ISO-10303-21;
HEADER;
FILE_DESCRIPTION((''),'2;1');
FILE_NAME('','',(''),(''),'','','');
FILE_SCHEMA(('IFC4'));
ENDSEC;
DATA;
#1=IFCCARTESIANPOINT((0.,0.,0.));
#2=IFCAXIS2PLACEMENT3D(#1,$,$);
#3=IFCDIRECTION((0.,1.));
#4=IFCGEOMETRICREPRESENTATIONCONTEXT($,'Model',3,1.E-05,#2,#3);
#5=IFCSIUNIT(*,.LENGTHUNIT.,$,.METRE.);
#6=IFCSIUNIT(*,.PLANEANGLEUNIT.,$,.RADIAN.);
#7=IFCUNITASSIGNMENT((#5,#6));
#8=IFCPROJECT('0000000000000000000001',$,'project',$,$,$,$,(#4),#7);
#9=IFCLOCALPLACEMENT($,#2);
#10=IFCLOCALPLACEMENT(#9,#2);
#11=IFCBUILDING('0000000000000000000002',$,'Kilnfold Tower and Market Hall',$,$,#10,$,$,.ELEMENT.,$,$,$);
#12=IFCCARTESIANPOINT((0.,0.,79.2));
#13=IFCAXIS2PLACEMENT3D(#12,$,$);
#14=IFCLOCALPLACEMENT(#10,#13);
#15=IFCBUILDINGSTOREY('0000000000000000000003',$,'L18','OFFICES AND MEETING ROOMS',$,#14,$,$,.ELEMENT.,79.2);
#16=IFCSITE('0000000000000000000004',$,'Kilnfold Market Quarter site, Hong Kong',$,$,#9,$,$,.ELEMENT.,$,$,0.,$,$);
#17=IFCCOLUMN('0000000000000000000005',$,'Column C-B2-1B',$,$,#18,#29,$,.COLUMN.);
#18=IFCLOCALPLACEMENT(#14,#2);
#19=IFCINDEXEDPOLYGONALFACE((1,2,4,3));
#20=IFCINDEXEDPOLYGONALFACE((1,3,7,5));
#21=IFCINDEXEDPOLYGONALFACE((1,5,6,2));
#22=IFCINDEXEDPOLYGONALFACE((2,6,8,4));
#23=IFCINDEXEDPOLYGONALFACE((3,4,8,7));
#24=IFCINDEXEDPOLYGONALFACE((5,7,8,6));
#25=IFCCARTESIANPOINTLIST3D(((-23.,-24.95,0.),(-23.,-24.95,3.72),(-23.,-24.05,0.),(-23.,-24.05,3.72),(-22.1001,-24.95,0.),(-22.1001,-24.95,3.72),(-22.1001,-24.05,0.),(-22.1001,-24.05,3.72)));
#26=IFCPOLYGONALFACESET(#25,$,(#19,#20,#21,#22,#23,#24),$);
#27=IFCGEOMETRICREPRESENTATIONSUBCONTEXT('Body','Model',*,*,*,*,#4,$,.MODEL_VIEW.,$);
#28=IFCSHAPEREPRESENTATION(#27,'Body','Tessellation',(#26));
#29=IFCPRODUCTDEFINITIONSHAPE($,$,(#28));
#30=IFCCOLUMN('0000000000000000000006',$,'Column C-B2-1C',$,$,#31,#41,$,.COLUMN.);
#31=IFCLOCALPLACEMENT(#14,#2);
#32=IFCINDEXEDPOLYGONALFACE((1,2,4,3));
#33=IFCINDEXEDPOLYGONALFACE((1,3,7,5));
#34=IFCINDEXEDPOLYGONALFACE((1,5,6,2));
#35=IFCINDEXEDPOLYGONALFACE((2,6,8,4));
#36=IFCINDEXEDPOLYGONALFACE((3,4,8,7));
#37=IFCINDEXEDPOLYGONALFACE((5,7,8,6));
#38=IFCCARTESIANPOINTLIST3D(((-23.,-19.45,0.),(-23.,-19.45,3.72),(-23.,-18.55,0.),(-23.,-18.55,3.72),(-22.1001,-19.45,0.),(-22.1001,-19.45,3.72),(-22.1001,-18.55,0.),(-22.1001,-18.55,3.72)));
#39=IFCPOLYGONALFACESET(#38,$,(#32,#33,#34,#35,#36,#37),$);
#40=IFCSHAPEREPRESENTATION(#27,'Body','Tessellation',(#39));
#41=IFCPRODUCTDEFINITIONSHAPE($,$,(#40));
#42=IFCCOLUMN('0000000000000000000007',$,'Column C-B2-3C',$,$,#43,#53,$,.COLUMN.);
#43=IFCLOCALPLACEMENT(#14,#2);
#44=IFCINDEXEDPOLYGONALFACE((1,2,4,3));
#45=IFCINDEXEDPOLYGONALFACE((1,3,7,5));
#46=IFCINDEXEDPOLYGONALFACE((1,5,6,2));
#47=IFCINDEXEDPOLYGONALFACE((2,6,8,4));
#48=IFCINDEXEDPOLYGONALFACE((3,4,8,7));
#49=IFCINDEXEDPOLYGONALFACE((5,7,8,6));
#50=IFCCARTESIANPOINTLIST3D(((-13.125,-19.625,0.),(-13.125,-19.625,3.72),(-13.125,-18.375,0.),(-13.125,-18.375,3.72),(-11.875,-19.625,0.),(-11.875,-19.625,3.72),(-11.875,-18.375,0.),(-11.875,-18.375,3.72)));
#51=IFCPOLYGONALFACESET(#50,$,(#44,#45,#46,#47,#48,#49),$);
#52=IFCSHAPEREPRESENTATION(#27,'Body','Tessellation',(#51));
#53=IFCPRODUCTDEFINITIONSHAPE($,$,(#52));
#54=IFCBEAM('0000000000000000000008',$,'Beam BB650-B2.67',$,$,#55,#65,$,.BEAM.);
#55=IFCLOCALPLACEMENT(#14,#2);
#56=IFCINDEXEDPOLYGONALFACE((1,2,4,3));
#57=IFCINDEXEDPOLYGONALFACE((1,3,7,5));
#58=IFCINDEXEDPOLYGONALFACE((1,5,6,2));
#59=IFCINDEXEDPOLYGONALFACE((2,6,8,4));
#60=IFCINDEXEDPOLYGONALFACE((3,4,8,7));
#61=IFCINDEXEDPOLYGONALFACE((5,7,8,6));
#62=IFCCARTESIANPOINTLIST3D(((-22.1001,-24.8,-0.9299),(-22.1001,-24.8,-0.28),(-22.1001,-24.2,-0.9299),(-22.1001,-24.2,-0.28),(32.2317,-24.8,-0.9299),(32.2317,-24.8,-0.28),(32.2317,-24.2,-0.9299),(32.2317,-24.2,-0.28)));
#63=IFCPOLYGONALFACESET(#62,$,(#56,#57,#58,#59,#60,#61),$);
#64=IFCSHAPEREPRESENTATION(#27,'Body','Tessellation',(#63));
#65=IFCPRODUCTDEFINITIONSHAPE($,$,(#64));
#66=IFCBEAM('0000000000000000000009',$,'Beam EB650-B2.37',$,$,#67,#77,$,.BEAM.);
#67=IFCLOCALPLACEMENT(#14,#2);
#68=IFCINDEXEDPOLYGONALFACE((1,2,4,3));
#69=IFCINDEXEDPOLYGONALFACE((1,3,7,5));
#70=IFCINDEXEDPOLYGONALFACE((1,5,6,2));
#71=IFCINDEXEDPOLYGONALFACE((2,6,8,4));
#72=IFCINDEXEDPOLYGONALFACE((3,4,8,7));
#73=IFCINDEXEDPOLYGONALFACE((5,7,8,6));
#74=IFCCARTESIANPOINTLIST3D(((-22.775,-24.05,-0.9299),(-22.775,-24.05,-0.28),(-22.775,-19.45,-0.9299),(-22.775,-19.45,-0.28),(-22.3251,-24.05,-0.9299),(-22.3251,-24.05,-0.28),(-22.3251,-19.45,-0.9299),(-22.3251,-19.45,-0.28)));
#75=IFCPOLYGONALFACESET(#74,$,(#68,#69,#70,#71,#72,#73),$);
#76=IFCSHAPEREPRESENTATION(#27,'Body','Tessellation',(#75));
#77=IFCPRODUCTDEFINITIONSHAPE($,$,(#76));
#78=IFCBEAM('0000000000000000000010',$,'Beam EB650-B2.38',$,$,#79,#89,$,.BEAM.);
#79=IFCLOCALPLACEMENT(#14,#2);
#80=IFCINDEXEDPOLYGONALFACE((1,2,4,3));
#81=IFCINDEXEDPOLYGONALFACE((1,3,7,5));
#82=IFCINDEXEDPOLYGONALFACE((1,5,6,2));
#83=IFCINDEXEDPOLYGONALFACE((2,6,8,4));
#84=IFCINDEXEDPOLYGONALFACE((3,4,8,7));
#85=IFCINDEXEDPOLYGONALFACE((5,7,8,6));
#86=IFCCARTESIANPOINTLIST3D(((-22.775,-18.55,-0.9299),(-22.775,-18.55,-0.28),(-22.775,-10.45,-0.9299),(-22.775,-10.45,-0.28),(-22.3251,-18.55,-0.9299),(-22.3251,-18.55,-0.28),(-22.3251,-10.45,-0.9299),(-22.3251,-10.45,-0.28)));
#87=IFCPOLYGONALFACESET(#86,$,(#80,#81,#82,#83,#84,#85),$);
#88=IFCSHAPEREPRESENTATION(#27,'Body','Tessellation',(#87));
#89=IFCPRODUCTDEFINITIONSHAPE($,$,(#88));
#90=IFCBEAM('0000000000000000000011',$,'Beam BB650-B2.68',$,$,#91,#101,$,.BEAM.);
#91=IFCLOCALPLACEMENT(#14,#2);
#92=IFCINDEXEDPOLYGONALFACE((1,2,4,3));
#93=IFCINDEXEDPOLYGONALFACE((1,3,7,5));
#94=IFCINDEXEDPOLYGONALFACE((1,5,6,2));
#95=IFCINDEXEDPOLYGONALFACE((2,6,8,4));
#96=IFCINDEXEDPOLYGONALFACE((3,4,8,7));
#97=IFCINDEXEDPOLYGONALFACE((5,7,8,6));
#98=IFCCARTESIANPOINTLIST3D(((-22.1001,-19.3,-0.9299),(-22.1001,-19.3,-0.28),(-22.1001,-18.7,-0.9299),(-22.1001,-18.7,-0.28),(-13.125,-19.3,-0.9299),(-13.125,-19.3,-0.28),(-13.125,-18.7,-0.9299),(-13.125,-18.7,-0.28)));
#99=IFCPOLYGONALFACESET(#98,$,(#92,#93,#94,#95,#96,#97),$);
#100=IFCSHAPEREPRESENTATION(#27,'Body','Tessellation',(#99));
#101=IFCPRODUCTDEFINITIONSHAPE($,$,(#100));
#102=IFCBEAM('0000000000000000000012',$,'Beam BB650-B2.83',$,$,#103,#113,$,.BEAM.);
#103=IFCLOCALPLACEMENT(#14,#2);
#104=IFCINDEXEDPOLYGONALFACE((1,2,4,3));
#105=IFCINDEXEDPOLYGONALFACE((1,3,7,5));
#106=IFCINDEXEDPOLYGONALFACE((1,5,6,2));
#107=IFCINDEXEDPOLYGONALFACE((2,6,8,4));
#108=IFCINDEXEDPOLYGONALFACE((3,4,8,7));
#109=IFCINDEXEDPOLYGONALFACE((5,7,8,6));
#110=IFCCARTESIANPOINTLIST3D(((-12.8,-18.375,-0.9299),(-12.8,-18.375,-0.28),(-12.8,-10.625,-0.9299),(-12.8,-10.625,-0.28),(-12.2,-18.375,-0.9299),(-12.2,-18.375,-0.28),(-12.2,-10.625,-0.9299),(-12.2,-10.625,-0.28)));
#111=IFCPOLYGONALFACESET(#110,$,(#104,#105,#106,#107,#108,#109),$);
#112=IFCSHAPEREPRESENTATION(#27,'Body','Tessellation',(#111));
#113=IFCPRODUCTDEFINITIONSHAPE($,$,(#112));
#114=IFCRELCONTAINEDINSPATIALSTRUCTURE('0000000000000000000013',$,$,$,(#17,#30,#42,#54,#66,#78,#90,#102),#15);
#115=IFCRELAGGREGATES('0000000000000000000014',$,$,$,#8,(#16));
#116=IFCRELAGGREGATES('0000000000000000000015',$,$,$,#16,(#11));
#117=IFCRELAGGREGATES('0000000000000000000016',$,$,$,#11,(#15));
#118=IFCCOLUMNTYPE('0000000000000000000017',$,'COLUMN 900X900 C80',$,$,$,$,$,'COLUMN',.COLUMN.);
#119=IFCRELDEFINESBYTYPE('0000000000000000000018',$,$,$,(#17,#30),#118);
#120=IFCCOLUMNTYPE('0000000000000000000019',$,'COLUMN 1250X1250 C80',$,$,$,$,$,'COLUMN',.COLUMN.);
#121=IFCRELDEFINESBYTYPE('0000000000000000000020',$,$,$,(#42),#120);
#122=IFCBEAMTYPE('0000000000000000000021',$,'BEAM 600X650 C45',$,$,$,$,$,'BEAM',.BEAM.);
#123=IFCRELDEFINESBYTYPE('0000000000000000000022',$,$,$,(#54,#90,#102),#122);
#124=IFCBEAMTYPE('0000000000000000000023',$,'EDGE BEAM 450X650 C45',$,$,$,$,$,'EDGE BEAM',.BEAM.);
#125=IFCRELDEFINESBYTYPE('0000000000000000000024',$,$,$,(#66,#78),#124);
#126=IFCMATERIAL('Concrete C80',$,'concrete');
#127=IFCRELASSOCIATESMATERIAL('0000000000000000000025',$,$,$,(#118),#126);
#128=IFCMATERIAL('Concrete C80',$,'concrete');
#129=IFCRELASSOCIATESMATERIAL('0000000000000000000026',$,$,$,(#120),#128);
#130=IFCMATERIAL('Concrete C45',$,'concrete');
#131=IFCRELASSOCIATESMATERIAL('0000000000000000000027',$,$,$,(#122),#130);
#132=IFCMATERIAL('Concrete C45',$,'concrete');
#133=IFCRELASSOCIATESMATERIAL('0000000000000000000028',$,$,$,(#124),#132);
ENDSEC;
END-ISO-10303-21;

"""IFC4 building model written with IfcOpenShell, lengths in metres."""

from ifc_helpers import new_model, si_unit, direction, frame, origin, origin_2d, place, context, subcontext, project, spatial, rectangle, extrude, source, transform, mapped, material, material_profile, profile_set, type_object, element, save


model = new_model("IFC4")

# Units and contexts
model_context = context("Model", 3, precision=1e-05, world=origin(), true_north=direction((0.0, 1.0)))
body_context = subcontext(model_context, "Body", "Model", "MODEL_VIEW")
ifc_project = project(units=[si_unit("LENGTHUNIT", "METRE"), si_unit("PLANEANGLEUNIT", "RADIAN")], contexts=[model_context])

# Site, building, storey
site_placement = place(None, origin())
site = spatial("IfcSite", under=ifc_project, at=site_placement, Name="Kilnfold Market Quarter site, Hong Kong", CompositionType="ELEMENT", RefElevation=0.0)
building_placement = place(site_placement, origin())
building = spatial("IfcBuilding", under=site, at=building_placement, Name="Kilnfold Tower and Market Hall", CompositionType="ELEMENT")
storey_placement = place(building_placement, frame((0.0, 0.0, 79.2)))
storey = spatial("IfcBuildingStorey", under=building, at=storey_placement, Name="L18", Description="OFFICES AND MEETING ROOMS", CompositionType="ELEMENT", Elevation=79.2)

# Columns
ifc_material_1 = material(Name="Concrete C80", Category="concrete")
ifc_material_profile_1 = material_profile(ifc_material_1, rectangle(XDim=0.8999, YDim=0.8999, at=origin_2d()), Name="RC 900x900")
ifc_profile_set_1 = profile_set([ifc_material_profile_1], Name="Concrete C80")
column_type_1 = type_object("IfcColumnType", Name="COLUMN 900X900 C80", ElementType="COLUMN", PredefinedType="COLUMN", material=ifc_profile_set_1)
shared_shape_1 = source(origin(), body_context, "Body", "SweptSolid", [
    extrude(rectangle(XDim=0.8999, YDim=0.8999, at=origin_2d()), origin(), (0.0, 0.0, 1.0), 3.72),
])
for number, where, z_axis, x_axis, name in (
    (1, (-22.55, -24.5, 0.0), (0.0, 0.0, 1.0), (1.0, 0.0, 0.0), "Column C-B2-1B"),
    (2, (-22.55, -19.0, 0.0), (0.0, 0.0, 1.0), (1.0, 0.0, 0.0), "Column C-B2-1C"),
):
    element("IfcColumn", number, at=place(storey_placement, frame(where, z_axis=z_axis, x_axis=x_axis)), inside=storey, type_object=column_type_1, Name=name, PredefinedType="COLUMN", context=body_context, shape_type="MappedRepresentation", body=[
        mapped(shared_shape_1, transform((0.0, 0.0, 0.0))),
    ])
ifc_material_2 = material(Name="Concrete C80", Category="concrete")
ifc_material_profile_2 = material_profile(ifc_material_2, rectangle(XDim=1.25, YDim=1.25, at=origin_2d()), Name="RC 1250x1250")
ifc_profile_set_2 = profile_set([ifc_material_profile_2], Name="Concrete C80")
column_type_2 = type_object("IfcColumnType", Name="COLUMN 1250X1250 C80", ElementType="COLUMN", PredefinedType="COLUMN", material=ifc_profile_set_2)
shared_shape_2 = source(origin(), body_context, "Body", "SweptSolid", [
    extrude(rectangle(XDim=1.25, YDim=1.25, at=origin_2d()), origin(), (0.0, 0.0, 1.0), 3.72),
])
column_placement = place(storey_placement, frame((-12.5, -19.0, 0.0), z_axis=(0.0, 0.0, 1.0), x_axis=(1.0, 0.0, 0.0)))
element("IfcColumn", 3, at=column_placement, inside=storey, type_object=column_type_2, Name="Column C-B2-3C", PredefinedType="COLUMN", context=body_context, shape_type="MappedRepresentation", body=[
    mapped(shared_shape_2, transform((0.0, 0.0, 0.0))),
])

# Beams
ifc_material_3 = material(Name="Concrete C45", Category="concrete")
ifc_material_profile_3 = material_profile(ifc_material_3, rectangle(XDim=0.6001, YDim=0.6499, at=origin_2d()), Name="RC 600x650")
ifc_profile_set_3 = profile_set([ifc_material_profile_3], Name="Concrete C45")
beam_type_1 = type_object("IfcBeamType", Name="BEAM 600X650 C45", ElementType="BEAM", PredefinedType="BEAM", material=ifc_profile_set_3)
shared_shape_3 = source(origin(), body_context, "Body", "SweptSolid", [
    extrude(rectangle(XDim=0.6001, YDim=0.6499, at=origin_2d()), origin(), (0.0, 0.0, 1.0), 54.3318),
])
beam_1_placement = place(storey_placement, frame((-22.1001, -24.5, -0.605), z_axis=(1.0, 0.0, 0.0), x_axis=(0.0, 1.0, 0.0)))
element("IfcBeam", 4, at=beam_1_placement, inside=storey, type_object=beam_type_1, Name="Beam BB650-B2.67", PredefinedType="BEAM", context=body_context, shape_type="MappedRepresentation", body=[
    mapped(shared_shape_3, transform((0.0, 0.0, 0.0))),
])
ifc_material_4 = material(Name="Concrete C45", Category="concrete")
ifc_material_profile_4 = material_profile(ifc_material_4, rectangle(XDim=0.45, YDim=0.6499, at=origin_2d()), Name="RC 450x650")
ifc_profile_set_4 = profile_set([ifc_material_profile_4], Name="Concrete C45")
beam_type_2 = type_object("IfcBeamType", Name="EDGE BEAM 450X650 C45", ElementType="EDGE BEAM", PredefinedType="BEAM", material=ifc_profile_set_4)
shared_shape_4 = source(origin(), body_context, "Body", "SweptSolid", [
    extrude(rectangle(XDim=0.45, YDim=0.6499, at=origin_2d()), origin(), (0.0, 0.0, 1.0), 4.6001),
])
beam_2_placement = place(storey_placement, frame((-22.55, -24.05, -0.605), z_axis=(0.0, 1.0, 0.0), x_axis=(-1.0, 0.0, 0.0)))
element("IfcBeam", 5, at=beam_2_placement, inside=storey, type_object=beam_type_2, Name="Beam EB650-B2.37", PredefinedType="BEAM", context=body_context, shape_type="MappedRepresentation", body=[
    mapped(shared_shape_4, transform((0.0, 0.0, 0.0))),
])
shared_shape_5 = source(origin(), body_context, "Body", "SweptSolid", [
    extrude(rectangle(XDim=0.45, YDim=0.6499, at=origin_2d()), origin(), (0.0, 0.0, 1.0), 8.1001),
])
beam_3_placement = place(storey_placement, frame((-22.55, -18.55, -0.605), z_axis=(0.0, 1.0, 0.0), x_axis=(-1.0, 0.0, 0.0)))
element("IfcBeam", 6, at=beam_3_placement, inside=storey, type_object=beam_type_2, Name="Beam EB650-B2.38", PredefinedType="BEAM", context=body_context, shape_type="MappedRepresentation", body=[
    mapped(shared_shape_5, transform((0.0, 0.0, 0.0))),
])
shared_shape_6 = source(origin(), body_context, "Body", "SweptSolid", [
    extrude(rectangle(XDim=0.6001, YDim=0.6499, at=origin_2d()), origin(), (0.0, 0.0, 1.0), 8.9751),
])
beam_4_placement = place(storey_placement, frame((-22.1001, -19.0, -0.605), z_axis=(1.0, 0.0, 0.0), x_axis=(0.0, 1.0, 0.0)))
element("IfcBeam", 7, at=beam_4_placement, inside=storey, type_object=beam_type_1, Name="Beam BB650-B2.68", PredefinedType="BEAM", context=body_context, shape_type="MappedRepresentation", body=[
    mapped(shared_shape_6, transform((0.0, 0.0, 0.0))),
])
shared_shape_7 = source(origin(), body_context, "Body", "SweptSolid", [
    extrude(rectangle(XDim=0.6001, YDim=0.6499, at=origin_2d()), origin(), (0.0, 0.0, 1.0), 7.75),
])
beam_5_placement = place(storey_placement, frame((-12.5, -18.375, -0.605), z_axis=(0.0, 1.0, 0.0), x_axis=(-1.0, 0.0, 0.0)))
element("IfcBeam", 8, at=beam_5_placement, inside=storey, type_object=beam_type_1, Name="Beam BB650-B2.83", PredefinedType="BEAM", context=body_context, shape_type="MappedRepresentation", body=[
    mapped(shared_shape_7, transform((0.0, 0.0, 0.0))),
])

save(model, "model.ifc")
